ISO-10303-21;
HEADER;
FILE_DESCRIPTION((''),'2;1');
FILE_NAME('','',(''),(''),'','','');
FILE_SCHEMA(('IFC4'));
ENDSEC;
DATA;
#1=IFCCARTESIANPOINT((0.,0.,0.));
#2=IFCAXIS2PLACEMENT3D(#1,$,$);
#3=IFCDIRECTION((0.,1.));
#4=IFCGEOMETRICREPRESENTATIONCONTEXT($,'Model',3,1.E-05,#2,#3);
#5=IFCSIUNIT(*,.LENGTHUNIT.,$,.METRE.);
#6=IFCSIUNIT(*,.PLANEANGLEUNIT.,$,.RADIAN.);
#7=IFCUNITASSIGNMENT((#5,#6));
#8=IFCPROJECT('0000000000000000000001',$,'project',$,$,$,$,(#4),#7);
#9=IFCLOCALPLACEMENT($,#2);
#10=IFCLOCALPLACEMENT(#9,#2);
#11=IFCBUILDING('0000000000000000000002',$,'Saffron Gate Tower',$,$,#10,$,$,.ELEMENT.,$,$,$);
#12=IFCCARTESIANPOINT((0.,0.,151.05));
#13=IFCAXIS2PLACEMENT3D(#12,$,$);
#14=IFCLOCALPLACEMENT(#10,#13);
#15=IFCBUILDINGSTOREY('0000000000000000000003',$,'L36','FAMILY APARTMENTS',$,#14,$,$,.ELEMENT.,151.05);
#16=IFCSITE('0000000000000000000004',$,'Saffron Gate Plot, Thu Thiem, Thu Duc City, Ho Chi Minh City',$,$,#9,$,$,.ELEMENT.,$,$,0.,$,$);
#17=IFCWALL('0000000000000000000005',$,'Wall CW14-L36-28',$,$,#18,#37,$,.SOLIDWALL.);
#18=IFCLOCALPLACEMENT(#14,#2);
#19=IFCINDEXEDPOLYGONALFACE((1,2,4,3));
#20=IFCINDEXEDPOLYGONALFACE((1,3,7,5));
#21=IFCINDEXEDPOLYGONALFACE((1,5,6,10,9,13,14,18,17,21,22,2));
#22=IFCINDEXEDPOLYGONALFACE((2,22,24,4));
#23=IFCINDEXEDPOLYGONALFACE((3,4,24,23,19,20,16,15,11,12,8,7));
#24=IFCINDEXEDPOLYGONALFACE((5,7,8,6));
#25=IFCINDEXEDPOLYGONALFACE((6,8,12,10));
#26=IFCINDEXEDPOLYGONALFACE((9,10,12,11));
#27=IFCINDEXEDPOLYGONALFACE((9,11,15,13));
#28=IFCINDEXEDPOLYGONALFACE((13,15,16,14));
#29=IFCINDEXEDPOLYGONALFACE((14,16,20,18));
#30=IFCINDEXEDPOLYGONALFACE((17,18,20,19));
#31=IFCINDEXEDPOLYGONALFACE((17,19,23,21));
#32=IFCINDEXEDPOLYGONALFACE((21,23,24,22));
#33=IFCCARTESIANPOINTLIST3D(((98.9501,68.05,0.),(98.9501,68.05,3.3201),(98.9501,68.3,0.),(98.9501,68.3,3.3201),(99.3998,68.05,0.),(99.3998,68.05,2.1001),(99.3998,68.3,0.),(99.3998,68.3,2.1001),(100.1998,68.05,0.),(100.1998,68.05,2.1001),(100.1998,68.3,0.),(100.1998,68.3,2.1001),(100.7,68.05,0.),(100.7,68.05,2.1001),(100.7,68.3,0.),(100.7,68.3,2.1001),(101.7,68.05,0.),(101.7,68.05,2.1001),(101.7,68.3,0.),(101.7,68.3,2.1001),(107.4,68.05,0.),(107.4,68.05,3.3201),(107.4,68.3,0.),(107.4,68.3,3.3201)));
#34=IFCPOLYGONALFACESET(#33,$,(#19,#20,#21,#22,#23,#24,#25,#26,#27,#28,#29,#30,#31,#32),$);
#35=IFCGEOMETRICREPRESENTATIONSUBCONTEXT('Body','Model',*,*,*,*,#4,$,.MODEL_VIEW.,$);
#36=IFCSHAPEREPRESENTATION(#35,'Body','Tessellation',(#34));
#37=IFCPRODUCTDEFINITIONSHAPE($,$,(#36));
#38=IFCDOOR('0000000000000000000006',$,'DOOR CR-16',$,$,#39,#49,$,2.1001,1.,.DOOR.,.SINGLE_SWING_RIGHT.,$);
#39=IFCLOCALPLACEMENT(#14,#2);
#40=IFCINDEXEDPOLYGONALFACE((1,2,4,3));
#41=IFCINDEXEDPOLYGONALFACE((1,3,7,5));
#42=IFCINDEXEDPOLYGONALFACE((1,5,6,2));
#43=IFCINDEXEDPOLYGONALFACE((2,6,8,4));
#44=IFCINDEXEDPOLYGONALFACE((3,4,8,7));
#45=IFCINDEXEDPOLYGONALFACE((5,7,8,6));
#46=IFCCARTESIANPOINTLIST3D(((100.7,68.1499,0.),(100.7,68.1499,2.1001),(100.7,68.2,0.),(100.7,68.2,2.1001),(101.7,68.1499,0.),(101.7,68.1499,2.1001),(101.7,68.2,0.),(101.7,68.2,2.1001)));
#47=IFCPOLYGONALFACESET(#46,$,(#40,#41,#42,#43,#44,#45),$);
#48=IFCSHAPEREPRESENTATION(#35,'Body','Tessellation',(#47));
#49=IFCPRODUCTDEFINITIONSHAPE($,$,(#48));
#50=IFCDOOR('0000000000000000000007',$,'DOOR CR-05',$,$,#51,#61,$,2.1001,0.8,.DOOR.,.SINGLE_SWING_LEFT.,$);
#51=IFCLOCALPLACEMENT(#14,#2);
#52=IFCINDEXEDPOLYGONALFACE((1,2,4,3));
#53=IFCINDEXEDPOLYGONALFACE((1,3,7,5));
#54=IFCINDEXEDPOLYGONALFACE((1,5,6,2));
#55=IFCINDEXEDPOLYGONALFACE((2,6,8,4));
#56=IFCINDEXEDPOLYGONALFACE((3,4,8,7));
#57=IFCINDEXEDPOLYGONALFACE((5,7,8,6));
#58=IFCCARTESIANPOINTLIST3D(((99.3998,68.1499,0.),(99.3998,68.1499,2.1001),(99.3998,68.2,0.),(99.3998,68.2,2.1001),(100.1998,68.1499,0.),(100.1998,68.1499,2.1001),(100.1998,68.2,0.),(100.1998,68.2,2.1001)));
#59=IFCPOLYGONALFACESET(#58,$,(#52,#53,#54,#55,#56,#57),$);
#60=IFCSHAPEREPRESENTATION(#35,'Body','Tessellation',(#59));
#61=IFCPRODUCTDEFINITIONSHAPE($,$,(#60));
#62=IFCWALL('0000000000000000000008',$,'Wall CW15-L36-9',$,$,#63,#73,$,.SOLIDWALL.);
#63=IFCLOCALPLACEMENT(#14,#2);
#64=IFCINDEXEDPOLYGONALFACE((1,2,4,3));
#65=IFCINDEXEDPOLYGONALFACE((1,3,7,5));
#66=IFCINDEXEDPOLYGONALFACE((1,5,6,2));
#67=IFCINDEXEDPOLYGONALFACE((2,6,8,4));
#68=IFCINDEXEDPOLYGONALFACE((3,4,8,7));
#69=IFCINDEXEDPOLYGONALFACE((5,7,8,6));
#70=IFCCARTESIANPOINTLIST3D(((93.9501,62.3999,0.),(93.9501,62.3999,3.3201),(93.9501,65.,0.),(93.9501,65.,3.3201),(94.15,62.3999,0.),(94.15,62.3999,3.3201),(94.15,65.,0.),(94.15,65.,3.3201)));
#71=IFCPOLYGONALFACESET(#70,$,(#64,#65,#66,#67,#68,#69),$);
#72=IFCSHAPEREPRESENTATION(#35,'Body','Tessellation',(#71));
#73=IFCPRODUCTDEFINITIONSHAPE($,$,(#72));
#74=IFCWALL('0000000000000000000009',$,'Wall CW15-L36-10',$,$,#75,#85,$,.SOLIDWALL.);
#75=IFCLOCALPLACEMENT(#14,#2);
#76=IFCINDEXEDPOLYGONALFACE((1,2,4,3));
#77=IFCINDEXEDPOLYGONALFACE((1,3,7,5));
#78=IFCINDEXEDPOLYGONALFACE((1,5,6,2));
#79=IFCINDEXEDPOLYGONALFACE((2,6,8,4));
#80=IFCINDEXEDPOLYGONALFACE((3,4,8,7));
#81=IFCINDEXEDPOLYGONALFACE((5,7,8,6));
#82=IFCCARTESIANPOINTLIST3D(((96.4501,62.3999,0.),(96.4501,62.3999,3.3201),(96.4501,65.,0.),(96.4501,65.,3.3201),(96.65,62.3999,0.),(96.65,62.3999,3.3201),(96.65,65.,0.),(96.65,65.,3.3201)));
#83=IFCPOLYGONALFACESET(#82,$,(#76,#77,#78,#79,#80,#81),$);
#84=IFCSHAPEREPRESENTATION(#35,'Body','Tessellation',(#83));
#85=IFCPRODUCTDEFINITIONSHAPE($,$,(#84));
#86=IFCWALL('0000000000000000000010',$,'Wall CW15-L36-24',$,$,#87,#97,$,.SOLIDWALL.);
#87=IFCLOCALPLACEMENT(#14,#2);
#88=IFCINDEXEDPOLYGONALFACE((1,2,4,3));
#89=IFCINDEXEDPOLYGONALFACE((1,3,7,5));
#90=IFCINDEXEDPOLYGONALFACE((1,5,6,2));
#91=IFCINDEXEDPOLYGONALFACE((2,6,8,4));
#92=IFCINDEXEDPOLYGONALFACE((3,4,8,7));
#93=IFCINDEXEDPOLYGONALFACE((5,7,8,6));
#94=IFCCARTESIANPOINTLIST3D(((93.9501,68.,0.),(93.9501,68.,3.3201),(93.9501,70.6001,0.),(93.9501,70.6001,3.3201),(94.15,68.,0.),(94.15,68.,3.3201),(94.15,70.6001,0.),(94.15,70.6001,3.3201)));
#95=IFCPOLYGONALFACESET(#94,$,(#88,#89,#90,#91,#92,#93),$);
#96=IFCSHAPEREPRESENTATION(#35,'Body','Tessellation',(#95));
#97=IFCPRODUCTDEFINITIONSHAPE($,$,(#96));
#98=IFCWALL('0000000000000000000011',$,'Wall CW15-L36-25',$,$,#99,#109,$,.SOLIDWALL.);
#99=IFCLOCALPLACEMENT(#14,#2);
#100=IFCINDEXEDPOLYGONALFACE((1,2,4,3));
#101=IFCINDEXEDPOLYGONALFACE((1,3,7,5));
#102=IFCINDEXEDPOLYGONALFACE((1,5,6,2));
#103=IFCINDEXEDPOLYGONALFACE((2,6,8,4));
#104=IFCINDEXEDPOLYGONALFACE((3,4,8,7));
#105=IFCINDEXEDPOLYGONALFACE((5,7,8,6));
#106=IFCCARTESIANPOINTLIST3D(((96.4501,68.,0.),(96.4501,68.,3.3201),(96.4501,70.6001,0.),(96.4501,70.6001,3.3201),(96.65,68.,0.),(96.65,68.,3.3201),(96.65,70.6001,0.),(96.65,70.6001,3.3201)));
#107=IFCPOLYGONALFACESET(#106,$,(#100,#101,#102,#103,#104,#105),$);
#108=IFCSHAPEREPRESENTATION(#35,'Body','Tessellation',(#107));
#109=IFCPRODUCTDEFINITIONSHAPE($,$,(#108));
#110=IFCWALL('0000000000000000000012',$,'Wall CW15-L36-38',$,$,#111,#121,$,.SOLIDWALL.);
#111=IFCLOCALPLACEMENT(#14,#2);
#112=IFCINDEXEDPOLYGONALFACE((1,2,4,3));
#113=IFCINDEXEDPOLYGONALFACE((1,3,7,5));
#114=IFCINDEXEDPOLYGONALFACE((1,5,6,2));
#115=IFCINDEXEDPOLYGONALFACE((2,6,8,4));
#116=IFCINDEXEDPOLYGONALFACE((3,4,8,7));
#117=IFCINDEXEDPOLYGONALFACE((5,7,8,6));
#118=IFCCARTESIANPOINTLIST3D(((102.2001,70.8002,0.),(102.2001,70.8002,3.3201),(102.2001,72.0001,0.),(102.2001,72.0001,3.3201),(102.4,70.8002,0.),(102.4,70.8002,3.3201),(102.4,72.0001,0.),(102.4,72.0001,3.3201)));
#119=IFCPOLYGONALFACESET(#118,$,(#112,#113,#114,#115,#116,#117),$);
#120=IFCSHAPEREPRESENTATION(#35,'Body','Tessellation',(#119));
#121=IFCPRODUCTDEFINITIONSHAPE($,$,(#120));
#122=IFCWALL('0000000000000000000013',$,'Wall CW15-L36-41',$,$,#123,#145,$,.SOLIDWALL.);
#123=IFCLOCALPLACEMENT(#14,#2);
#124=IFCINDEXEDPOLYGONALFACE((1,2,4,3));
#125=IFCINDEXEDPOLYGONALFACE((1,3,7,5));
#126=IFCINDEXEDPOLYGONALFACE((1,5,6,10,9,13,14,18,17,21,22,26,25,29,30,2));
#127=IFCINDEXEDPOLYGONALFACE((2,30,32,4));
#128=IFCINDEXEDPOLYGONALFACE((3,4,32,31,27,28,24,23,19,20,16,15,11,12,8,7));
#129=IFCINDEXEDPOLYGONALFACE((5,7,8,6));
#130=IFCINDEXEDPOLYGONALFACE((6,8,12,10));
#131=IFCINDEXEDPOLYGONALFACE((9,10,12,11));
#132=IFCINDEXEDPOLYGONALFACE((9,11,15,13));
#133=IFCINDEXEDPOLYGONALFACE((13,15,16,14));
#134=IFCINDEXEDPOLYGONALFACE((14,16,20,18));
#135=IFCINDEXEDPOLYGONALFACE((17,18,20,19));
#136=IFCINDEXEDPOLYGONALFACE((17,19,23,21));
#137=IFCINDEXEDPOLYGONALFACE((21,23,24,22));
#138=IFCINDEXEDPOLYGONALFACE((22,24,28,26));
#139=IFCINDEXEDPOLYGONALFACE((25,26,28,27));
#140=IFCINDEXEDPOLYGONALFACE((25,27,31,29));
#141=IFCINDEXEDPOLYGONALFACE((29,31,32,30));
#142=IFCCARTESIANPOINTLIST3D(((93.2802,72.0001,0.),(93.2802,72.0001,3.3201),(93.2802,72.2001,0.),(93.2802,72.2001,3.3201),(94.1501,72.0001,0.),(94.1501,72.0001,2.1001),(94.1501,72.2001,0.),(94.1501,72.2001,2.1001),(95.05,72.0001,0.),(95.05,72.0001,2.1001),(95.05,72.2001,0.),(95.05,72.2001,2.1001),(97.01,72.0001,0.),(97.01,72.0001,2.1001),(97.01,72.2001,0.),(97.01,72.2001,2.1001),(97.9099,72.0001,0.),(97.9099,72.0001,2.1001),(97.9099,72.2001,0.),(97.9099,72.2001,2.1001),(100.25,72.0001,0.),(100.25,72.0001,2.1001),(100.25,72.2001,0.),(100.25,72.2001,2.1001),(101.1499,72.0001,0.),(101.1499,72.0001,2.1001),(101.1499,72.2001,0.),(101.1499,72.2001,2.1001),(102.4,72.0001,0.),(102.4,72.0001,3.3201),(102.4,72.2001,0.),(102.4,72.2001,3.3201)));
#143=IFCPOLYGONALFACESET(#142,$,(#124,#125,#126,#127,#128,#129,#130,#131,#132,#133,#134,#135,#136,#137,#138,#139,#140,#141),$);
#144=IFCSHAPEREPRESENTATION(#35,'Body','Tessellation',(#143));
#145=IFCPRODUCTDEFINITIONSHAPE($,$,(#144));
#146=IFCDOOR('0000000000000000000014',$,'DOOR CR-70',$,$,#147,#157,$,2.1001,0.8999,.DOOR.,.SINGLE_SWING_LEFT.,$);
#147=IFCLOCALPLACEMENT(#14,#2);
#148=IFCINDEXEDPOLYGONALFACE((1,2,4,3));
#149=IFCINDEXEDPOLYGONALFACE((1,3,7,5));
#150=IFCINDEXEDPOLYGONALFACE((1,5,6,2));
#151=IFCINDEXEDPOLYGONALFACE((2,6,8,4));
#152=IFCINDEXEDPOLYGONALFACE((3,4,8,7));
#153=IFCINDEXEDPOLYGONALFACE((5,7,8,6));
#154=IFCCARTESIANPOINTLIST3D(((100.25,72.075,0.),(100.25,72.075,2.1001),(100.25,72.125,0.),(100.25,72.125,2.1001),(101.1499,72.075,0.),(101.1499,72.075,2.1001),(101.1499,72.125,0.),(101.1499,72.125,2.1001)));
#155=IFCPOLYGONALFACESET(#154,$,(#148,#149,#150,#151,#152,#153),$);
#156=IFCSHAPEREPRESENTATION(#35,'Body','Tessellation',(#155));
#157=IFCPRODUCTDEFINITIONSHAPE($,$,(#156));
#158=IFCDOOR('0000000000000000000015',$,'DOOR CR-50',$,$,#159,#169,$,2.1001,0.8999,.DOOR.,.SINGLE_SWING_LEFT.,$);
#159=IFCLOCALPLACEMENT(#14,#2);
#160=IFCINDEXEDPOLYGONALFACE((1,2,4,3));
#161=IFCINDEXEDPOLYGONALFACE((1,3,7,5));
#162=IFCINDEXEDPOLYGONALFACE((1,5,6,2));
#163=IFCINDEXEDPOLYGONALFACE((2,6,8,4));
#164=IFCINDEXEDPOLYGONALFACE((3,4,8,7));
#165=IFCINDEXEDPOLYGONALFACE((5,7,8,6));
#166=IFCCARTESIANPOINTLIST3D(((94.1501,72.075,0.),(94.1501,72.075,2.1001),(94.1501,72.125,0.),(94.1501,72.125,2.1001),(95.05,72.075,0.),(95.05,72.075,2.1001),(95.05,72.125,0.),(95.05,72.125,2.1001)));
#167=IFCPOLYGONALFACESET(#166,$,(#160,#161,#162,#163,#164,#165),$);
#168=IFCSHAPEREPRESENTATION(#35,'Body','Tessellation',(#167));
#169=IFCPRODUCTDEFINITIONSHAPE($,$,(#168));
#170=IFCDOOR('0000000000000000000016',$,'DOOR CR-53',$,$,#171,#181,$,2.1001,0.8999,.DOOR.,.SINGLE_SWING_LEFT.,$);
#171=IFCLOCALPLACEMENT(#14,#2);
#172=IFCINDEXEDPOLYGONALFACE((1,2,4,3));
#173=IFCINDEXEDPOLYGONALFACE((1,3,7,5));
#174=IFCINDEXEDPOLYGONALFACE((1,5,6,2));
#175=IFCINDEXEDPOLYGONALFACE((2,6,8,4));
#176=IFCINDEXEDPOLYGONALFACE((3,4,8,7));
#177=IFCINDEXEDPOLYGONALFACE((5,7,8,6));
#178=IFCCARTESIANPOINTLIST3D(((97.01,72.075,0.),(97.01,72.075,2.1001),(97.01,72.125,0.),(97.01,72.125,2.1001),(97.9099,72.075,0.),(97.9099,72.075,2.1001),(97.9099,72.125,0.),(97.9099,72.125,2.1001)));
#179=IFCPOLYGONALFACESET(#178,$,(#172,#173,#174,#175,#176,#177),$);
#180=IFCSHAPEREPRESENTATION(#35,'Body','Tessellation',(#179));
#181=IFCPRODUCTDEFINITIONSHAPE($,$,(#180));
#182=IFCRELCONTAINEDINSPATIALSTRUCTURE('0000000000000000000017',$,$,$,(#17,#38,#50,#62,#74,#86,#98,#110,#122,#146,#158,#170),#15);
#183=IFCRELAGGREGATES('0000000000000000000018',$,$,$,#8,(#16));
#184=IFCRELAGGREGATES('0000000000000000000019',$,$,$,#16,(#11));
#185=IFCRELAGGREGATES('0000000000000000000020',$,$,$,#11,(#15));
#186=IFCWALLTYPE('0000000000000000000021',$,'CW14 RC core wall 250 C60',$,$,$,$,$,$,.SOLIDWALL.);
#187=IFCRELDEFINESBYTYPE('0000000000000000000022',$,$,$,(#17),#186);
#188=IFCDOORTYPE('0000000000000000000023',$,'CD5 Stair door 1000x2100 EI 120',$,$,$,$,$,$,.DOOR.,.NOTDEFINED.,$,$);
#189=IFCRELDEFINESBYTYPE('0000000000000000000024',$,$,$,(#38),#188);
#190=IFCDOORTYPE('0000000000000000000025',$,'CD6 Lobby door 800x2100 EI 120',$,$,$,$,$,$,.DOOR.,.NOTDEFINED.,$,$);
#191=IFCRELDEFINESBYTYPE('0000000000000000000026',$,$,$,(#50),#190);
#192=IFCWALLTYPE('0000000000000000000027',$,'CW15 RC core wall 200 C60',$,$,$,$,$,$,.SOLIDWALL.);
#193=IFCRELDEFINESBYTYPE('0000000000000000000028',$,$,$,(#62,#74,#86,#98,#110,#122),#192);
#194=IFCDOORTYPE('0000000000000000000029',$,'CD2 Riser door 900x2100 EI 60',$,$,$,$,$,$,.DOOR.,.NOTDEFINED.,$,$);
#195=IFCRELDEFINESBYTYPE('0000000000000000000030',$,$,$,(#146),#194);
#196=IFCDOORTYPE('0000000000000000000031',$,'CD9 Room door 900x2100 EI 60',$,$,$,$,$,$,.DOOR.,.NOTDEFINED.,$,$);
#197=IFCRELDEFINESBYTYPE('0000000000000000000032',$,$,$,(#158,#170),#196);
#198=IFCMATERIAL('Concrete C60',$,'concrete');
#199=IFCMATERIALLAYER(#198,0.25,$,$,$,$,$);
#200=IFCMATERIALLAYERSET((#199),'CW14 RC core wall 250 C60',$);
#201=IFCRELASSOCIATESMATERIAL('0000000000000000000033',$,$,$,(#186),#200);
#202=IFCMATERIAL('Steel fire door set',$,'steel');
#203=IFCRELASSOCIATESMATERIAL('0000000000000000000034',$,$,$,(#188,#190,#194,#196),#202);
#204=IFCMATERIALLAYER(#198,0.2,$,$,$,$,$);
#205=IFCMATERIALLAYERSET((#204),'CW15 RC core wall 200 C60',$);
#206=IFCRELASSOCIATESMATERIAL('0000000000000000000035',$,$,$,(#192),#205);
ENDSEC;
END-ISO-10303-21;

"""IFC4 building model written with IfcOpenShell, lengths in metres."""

from ifc_helpers import new_model, si_unit, direction, frame, frame_2d, origin, place, context, subcontext, project, spatial, rectangle, extrude, material, layer, layer_set, type_object, element, fill, save


model = new_model("IFC4")

# Units and contexts
model_context = context("Model", 3, precision=1e-05, world=origin(), true_north=direction((0.0, 1.0)))
body_context = subcontext(model_context, "Body", "Model", "MODEL_VIEW")
ifc_project = project(units=[si_unit("LENGTHUNIT", "METRE"), si_unit("PLANEANGLEUNIT", "RADIAN")], contexts=[model_context])

# Site, building, storey
site_placement = place(None, origin())
site = spatial("IfcSite", under=ifc_project, at=site_placement, Name="Saffron Gate Plot, Thu Thiem, Thu Duc City, Ho Chi Minh City", CompositionType="ELEMENT", RefElevation=0.0)
building_placement = place(site_placement, origin())
building = spatial("IfcBuilding", under=site, at=building_placement, Name="Saffron Gate Tower", CompositionType="ELEMENT")
storey_placement = place(building_placement, frame((0.0, 0.0, 151.05)))
storey = spatial("IfcBuildingStorey", under=building, at=storey_placement, Name="L36", Description="FAMILY APARTMENTS", CompositionType="ELEMENT", Elevation=151.05)

# Wall, openings, doors
ifc_material_1 = material(Name="Concrete C60", Category="concrete")
ifc_layer_1 = layer(ifc_material_1, 0.25)
ifc_layer_set_1 = layer_set([ifc_layer_1], Name="CW14 RC core wall 250 C60")
wall_type_1 = type_object("IfcWallType", Name="CW14 RC core wall 250 C60", PredefinedType="SOLIDWALL", material=ifc_layer_set_1)
wall_1_placement = place(storey_placement, frame((98.95, 68.175, 0.0), z_axis=(0.0, 0.0, 1.0), x_axis=(1.0, 0.0, 0.0)))
wall_1 = element("IfcWall", 1, at=wall_1_placement, inside=storey, type_object=wall_type_1, Name="Wall CW14-L36-28", PredefinedType="SOLIDWALL", context=body_context, shape_type="SweptSolid", body=[
    extrude(rectangle(XDim=8.45, YDim=0.25, at=frame_2d((4.2251, 0.0))), origin(), (0.0, 0.0, 1.0), 3.3201),
])
opening_1_placement = place(wall_1_placement, frame((0.45, 0.0, 0.0)))
opening_1 = element("IfcOpeningElement", 2, at=opening_1_placement, cuts=wall_1, PredefinedType="OPENING", context=body_context, shape_type="SweptSolid", body=[
    extrude(rectangle(XDim=0.8, YDim=2.1001, at=frame_2d((0.3999, 1.05))), frame((0.0, 0.135, 0.0), z_axis=(0.0, -1.0, 0.0), x_axis=(1.0, 0.0, 0.0)), (0.0, 0.0, 1.0), 0.27),
])
opening_2_placement = place(wall_1_placement, frame((1.75, 0.0, 0.0)))
opening_2 = element("IfcOpeningElement", 3, at=opening_2_placement, cuts=wall_1, PredefinedType="OPENING", context=body_context, shape_type="SweptSolid", body=[
    extrude(rectangle(XDim=1.0, YDim=2.1001, at=frame_2d((0.5, 1.05))), frame((0.0, 0.135, 0.0), z_axis=(0.0, -1.0, 0.0), x_axis=(1.0, 0.0, 0.0)), (0.0, 0.0, 1.0), 0.27),
])
ifc_material_2 = material(Name="Steel fire door set", Category="steel")
door_type_1 = type_object("IfcDoorType", Name="CD5 Stair door 1000x2100 EI 120", OperationType="NOTDEFINED", PredefinedType="DOOR", material=ifc_material_2)
door_1_placement = place(opening_2_placement, origin())
door_1 = element("IfcDoor", 4, at=door_1_placement, inside=storey, type_object=door_type_1, Name="DOOR CR-16", OperationType="SINGLE_SWING_RIGHT", OverallHeight=2.1001, OverallWidth=1.0, PredefinedType="DOOR", context=body_context, shape_type="SweptSolid", body=[
    extrude(rectangle(XDim=1.0, YDim=2.1001, at=frame_2d((0.5, 1.05))), frame((0.0, 0.0249, 0.0), z_axis=(0.0, -1.0, 0.0), x_axis=(1.0, 0.0, 0.0)), (0.0, 0.0, 1.0), 0.05),
])
fill(opening_2, door_1)
door_type_2 = type_object("IfcDoorType", Name="CD6 Lobby door 800x2100 EI 120", OperationType="NOTDEFINED", PredefinedType="DOOR", material=ifc_material_2)
door_2_placement = place(opening_1_placement, origin())
door_2 = element("IfcDoor", 5, at=door_2_placement, inside=storey, type_object=door_type_2, Name="DOOR CR-05", OperationType="SINGLE_SWING_LEFT", OverallHeight=2.1001, OverallWidth=0.8, PredefinedType="DOOR", context=body_context, shape_type="SweptSolid", body=[
    extrude(rectangle(XDim=0.8, YDim=2.1001, at=frame_2d((0.3999, 1.05))), frame((0.0, 0.0249, 0.0), z_axis=(0.0, -1.0, 0.0), x_axis=(1.0, 0.0, 0.0)), (0.0, 0.0, 1.0), 0.05),
])
fill(opening_1, door_2)

# Walls
ifc_layer_2 = layer(ifc_material_1, 0.2)
ifc_layer_set_2 = layer_set([ifc_layer_2], Name="CW15 RC core wall 200 C60")
wall_type_2 = type_object("IfcWallType", Name="CW15 RC core wall 200 C60", PredefinedType="SOLIDWALL", material=ifc_layer_set_2)
for number, where, z_axis, x_axis, name in (
    (6, (94.05, 62.3999, 0.0), (0.0, 0.0, 1.0), (0.0, 1.0, 0.0), "Wall CW15-L36-9"),
    (7, (96.55, 62.3999, 0.0), (0.0, 0.0, 1.0), (0.0, 1.0, 0.0), "Wall CW15-L36-10"),
    (8, (94.05, 68.0, 0.0), (0.0, 0.0, 1.0), (0.0, 1.0, 0.0), "Wall CW15-L36-24"),
    (9, (96.55, 68.0, 0.0), (0.0, 0.0, 1.0), (0.0, 1.0, 0.0), "Wall CW15-L36-25"),
):
    element("IfcWall", number, at=place(storey_placement, frame(where, z_axis=z_axis, x_axis=x_axis)), inside=storey, type_object=wall_type_2, Name=name, PredefinedType="SOLIDWALL", context=body_context, shape_type="SweptSolid", body=[
        extrude(rectangle(XDim=2.6001, YDim=0.2, at=frame_2d((1.3, 0.0))), origin(), (0.0, 0.0, 1.0), 3.3201),
    ])
wall_2_placement = place(storey_placement, frame((102.3, 70.8, 0.0), z_axis=(0.0, 0.0, 1.0), x_axis=(0.0, 1.0, 0.0)))
element("IfcWall", 10, at=wall_2_placement, inside=storey, type_object=wall_type_2, Name="Wall CW15-L36-38", PredefinedType="SOLIDWALL", context=body_context, shape_type="SweptSolid", body=[
    extrude(rectangle(XDim=1.2, YDim=0.2, at=frame_2d((0.6001, 0.0))), origin(), (0.0, 0.0, 1.0), 3.3201),
])

# Wall, openings, doors
wall_3_placement = place(storey_placement, frame((93.28, 72.1001, 0.0), z_axis=(0.0, 0.0, 1.0), x_axis=(1.0, 0.0, 0.0)))
wall_3 = element("IfcWall", 11, at=wall_3_placement, inside=storey, type_object=wall_type_2, Name="Wall CW15-L36-41", PredefinedType="SOLIDWALL", context=body_context, shape_type="SweptSolid", body=[
    extrude(rectangle(XDim=9.1199, YDim=0.2, at=frame_2d((4.5601, 0.0))), origin(), (0.0, 0.0, 1.0), 3.3201),
])
opening_3_placement = place(wall_3_placement, frame((0.8701, 0.0, 0.0)))
opening_3 = element("IfcOpeningElement", 12, at=opening_3_placement, cuts=wall_3, PredefinedType="OPENING", context=body_context, shape_type="SweptSolid", body=[
    extrude(rectangle(XDim=0.8999, YDim=2.1001, at=frame_2d((0.45, 1.05))), frame((0.0, 0.1099, 0.0), z_axis=(0.0, -1.0, 0.0), x_axis=(1.0, 0.0, 0.0)), (0.0, 0.0, 1.0), 0.22),
])
opening_4_placement = place(wall_3_placement, frame((3.73, 0.0, 0.0)))
opening_4 = element("IfcOpeningElement", 13, at=opening_4_placement, cuts=wall_3, PredefinedType="OPENING", context=body_context, shape_type="SweptSolid", body=[
    extrude(rectangle(XDim=0.8999, YDim=2.1001, at=frame_2d((0.45, 1.05))), frame((0.0, 0.1099, 0.0), z_axis=(0.0, -1.0, 0.0), x_axis=(1.0, 0.0, 0.0)), (0.0, 0.0, 1.0), 0.22),
])
opening_5_placement = place(wall_3_placement, frame((6.97, 0.0, 0.0)))
opening_5 = element("IfcOpeningElement", 14, at=opening_5_placement, cuts=wall_3, PredefinedType="OPENING", context=body_context, shape_type="SweptSolid", body=[
    extrude(rectangle(XDim=0.8999, YDim=2.1001, at=frame_2d((0.45, 1.05))), frame((0.0, 0.1099, 0.0), z_axis=(0.0, -1.0, 0.0), x_axis=(1.0, 0.0, 0.0)), (0.0, 0.0, 1.0), 0.22),
])
door_type_3 = type_object("IfcDoorType", Name="CD2 Riser door 900x2100 EI 60", OperationType="NOTDEFINED", PredefinedType="DOOR", material=ifc_material_2)
door_3_placement = place(opening_5_placement, origin())
door_3 = element("IfcDoor", 15, at=door_3_placement, inside=storey, type_object=door_type_3, Name="DOOR CR-70", OperationType="SINGLE_SWING_LEFT", OverallHeight=2.1001, OverallWidth=0.8999, PredefinedType="DOOR", context=body_context, shape_type="SweptSolid", body=[
    extrude(rectangle(XDim=0.8999, YDim=2.1001, at=frame_2d((0.45, 1.05))), frame((0.0, 0.0249, 0.0), z_axis=(0.0, -1.0, 0.0), x_axis=(1.0, 0.0, 0.0)), (0.0, 0.0, 1.0), 0.05),
])
fill(opening_5, door_3)
door_type_4 = type_object("IfcDoorType", Name="CD9 Room door 900x2100 EI 60", OperationType="NOTDEFINED", PredefinedType="DOOR", material=ifc_material_2)
door_4_placement = place(opening_3_placement, origin())
door_4 = element("IfcDoor", 16, at=door_4_placement, inside=storey, type_object=door_type_4, Name="DOOR CR-50", OperationType="SINGLE_SWING_LEFT", OverallHeight=2.1001, OverallWidth=0.8999, PredefinedType="DOOR", context=body_context, shape_type="SweptSolid", body=[
    extrude(rectangle(XDim=0.8999, YDim=2.1001, at=frame_2d((0.45, 1.05))), frame((0.0, 0.0249, 0.0), z_axis=(0.0, -1.0, 0.0), x_axis=(1.0, 0.0, 0.0)), (0.0, 0.0, 1.0), 0.05),
])
fill(opening_3, door_4)
door_5_placement = place(opening_4_placement, origin())
door_5 = element("IfcDoor", 17, at=door_5_placement, inside=storey, type_object=door_type_4, Name="DOOR CR-53", OperationType="SINGLE_SWING_LEFT", OverallHeight=2.1001, OverallWidth=0.8999, PredefinedType="DOOR", context=body_context, shape_type="SweptSolid", body=[
    extrude(rectangle(XDim=0.8999, YDim=2.1001, at=frame_2d((0.45, 1.05))), frame((0.0, 0.0249, 0.0), z_axis=(0.0, -1.0, 0.0), x_axis=(1.0, 0.0, 0.0)), (0.0, 0.0, 1.0), 0.05),
])
fill(opening_4, door_5)

save(model, "model.ifc")
